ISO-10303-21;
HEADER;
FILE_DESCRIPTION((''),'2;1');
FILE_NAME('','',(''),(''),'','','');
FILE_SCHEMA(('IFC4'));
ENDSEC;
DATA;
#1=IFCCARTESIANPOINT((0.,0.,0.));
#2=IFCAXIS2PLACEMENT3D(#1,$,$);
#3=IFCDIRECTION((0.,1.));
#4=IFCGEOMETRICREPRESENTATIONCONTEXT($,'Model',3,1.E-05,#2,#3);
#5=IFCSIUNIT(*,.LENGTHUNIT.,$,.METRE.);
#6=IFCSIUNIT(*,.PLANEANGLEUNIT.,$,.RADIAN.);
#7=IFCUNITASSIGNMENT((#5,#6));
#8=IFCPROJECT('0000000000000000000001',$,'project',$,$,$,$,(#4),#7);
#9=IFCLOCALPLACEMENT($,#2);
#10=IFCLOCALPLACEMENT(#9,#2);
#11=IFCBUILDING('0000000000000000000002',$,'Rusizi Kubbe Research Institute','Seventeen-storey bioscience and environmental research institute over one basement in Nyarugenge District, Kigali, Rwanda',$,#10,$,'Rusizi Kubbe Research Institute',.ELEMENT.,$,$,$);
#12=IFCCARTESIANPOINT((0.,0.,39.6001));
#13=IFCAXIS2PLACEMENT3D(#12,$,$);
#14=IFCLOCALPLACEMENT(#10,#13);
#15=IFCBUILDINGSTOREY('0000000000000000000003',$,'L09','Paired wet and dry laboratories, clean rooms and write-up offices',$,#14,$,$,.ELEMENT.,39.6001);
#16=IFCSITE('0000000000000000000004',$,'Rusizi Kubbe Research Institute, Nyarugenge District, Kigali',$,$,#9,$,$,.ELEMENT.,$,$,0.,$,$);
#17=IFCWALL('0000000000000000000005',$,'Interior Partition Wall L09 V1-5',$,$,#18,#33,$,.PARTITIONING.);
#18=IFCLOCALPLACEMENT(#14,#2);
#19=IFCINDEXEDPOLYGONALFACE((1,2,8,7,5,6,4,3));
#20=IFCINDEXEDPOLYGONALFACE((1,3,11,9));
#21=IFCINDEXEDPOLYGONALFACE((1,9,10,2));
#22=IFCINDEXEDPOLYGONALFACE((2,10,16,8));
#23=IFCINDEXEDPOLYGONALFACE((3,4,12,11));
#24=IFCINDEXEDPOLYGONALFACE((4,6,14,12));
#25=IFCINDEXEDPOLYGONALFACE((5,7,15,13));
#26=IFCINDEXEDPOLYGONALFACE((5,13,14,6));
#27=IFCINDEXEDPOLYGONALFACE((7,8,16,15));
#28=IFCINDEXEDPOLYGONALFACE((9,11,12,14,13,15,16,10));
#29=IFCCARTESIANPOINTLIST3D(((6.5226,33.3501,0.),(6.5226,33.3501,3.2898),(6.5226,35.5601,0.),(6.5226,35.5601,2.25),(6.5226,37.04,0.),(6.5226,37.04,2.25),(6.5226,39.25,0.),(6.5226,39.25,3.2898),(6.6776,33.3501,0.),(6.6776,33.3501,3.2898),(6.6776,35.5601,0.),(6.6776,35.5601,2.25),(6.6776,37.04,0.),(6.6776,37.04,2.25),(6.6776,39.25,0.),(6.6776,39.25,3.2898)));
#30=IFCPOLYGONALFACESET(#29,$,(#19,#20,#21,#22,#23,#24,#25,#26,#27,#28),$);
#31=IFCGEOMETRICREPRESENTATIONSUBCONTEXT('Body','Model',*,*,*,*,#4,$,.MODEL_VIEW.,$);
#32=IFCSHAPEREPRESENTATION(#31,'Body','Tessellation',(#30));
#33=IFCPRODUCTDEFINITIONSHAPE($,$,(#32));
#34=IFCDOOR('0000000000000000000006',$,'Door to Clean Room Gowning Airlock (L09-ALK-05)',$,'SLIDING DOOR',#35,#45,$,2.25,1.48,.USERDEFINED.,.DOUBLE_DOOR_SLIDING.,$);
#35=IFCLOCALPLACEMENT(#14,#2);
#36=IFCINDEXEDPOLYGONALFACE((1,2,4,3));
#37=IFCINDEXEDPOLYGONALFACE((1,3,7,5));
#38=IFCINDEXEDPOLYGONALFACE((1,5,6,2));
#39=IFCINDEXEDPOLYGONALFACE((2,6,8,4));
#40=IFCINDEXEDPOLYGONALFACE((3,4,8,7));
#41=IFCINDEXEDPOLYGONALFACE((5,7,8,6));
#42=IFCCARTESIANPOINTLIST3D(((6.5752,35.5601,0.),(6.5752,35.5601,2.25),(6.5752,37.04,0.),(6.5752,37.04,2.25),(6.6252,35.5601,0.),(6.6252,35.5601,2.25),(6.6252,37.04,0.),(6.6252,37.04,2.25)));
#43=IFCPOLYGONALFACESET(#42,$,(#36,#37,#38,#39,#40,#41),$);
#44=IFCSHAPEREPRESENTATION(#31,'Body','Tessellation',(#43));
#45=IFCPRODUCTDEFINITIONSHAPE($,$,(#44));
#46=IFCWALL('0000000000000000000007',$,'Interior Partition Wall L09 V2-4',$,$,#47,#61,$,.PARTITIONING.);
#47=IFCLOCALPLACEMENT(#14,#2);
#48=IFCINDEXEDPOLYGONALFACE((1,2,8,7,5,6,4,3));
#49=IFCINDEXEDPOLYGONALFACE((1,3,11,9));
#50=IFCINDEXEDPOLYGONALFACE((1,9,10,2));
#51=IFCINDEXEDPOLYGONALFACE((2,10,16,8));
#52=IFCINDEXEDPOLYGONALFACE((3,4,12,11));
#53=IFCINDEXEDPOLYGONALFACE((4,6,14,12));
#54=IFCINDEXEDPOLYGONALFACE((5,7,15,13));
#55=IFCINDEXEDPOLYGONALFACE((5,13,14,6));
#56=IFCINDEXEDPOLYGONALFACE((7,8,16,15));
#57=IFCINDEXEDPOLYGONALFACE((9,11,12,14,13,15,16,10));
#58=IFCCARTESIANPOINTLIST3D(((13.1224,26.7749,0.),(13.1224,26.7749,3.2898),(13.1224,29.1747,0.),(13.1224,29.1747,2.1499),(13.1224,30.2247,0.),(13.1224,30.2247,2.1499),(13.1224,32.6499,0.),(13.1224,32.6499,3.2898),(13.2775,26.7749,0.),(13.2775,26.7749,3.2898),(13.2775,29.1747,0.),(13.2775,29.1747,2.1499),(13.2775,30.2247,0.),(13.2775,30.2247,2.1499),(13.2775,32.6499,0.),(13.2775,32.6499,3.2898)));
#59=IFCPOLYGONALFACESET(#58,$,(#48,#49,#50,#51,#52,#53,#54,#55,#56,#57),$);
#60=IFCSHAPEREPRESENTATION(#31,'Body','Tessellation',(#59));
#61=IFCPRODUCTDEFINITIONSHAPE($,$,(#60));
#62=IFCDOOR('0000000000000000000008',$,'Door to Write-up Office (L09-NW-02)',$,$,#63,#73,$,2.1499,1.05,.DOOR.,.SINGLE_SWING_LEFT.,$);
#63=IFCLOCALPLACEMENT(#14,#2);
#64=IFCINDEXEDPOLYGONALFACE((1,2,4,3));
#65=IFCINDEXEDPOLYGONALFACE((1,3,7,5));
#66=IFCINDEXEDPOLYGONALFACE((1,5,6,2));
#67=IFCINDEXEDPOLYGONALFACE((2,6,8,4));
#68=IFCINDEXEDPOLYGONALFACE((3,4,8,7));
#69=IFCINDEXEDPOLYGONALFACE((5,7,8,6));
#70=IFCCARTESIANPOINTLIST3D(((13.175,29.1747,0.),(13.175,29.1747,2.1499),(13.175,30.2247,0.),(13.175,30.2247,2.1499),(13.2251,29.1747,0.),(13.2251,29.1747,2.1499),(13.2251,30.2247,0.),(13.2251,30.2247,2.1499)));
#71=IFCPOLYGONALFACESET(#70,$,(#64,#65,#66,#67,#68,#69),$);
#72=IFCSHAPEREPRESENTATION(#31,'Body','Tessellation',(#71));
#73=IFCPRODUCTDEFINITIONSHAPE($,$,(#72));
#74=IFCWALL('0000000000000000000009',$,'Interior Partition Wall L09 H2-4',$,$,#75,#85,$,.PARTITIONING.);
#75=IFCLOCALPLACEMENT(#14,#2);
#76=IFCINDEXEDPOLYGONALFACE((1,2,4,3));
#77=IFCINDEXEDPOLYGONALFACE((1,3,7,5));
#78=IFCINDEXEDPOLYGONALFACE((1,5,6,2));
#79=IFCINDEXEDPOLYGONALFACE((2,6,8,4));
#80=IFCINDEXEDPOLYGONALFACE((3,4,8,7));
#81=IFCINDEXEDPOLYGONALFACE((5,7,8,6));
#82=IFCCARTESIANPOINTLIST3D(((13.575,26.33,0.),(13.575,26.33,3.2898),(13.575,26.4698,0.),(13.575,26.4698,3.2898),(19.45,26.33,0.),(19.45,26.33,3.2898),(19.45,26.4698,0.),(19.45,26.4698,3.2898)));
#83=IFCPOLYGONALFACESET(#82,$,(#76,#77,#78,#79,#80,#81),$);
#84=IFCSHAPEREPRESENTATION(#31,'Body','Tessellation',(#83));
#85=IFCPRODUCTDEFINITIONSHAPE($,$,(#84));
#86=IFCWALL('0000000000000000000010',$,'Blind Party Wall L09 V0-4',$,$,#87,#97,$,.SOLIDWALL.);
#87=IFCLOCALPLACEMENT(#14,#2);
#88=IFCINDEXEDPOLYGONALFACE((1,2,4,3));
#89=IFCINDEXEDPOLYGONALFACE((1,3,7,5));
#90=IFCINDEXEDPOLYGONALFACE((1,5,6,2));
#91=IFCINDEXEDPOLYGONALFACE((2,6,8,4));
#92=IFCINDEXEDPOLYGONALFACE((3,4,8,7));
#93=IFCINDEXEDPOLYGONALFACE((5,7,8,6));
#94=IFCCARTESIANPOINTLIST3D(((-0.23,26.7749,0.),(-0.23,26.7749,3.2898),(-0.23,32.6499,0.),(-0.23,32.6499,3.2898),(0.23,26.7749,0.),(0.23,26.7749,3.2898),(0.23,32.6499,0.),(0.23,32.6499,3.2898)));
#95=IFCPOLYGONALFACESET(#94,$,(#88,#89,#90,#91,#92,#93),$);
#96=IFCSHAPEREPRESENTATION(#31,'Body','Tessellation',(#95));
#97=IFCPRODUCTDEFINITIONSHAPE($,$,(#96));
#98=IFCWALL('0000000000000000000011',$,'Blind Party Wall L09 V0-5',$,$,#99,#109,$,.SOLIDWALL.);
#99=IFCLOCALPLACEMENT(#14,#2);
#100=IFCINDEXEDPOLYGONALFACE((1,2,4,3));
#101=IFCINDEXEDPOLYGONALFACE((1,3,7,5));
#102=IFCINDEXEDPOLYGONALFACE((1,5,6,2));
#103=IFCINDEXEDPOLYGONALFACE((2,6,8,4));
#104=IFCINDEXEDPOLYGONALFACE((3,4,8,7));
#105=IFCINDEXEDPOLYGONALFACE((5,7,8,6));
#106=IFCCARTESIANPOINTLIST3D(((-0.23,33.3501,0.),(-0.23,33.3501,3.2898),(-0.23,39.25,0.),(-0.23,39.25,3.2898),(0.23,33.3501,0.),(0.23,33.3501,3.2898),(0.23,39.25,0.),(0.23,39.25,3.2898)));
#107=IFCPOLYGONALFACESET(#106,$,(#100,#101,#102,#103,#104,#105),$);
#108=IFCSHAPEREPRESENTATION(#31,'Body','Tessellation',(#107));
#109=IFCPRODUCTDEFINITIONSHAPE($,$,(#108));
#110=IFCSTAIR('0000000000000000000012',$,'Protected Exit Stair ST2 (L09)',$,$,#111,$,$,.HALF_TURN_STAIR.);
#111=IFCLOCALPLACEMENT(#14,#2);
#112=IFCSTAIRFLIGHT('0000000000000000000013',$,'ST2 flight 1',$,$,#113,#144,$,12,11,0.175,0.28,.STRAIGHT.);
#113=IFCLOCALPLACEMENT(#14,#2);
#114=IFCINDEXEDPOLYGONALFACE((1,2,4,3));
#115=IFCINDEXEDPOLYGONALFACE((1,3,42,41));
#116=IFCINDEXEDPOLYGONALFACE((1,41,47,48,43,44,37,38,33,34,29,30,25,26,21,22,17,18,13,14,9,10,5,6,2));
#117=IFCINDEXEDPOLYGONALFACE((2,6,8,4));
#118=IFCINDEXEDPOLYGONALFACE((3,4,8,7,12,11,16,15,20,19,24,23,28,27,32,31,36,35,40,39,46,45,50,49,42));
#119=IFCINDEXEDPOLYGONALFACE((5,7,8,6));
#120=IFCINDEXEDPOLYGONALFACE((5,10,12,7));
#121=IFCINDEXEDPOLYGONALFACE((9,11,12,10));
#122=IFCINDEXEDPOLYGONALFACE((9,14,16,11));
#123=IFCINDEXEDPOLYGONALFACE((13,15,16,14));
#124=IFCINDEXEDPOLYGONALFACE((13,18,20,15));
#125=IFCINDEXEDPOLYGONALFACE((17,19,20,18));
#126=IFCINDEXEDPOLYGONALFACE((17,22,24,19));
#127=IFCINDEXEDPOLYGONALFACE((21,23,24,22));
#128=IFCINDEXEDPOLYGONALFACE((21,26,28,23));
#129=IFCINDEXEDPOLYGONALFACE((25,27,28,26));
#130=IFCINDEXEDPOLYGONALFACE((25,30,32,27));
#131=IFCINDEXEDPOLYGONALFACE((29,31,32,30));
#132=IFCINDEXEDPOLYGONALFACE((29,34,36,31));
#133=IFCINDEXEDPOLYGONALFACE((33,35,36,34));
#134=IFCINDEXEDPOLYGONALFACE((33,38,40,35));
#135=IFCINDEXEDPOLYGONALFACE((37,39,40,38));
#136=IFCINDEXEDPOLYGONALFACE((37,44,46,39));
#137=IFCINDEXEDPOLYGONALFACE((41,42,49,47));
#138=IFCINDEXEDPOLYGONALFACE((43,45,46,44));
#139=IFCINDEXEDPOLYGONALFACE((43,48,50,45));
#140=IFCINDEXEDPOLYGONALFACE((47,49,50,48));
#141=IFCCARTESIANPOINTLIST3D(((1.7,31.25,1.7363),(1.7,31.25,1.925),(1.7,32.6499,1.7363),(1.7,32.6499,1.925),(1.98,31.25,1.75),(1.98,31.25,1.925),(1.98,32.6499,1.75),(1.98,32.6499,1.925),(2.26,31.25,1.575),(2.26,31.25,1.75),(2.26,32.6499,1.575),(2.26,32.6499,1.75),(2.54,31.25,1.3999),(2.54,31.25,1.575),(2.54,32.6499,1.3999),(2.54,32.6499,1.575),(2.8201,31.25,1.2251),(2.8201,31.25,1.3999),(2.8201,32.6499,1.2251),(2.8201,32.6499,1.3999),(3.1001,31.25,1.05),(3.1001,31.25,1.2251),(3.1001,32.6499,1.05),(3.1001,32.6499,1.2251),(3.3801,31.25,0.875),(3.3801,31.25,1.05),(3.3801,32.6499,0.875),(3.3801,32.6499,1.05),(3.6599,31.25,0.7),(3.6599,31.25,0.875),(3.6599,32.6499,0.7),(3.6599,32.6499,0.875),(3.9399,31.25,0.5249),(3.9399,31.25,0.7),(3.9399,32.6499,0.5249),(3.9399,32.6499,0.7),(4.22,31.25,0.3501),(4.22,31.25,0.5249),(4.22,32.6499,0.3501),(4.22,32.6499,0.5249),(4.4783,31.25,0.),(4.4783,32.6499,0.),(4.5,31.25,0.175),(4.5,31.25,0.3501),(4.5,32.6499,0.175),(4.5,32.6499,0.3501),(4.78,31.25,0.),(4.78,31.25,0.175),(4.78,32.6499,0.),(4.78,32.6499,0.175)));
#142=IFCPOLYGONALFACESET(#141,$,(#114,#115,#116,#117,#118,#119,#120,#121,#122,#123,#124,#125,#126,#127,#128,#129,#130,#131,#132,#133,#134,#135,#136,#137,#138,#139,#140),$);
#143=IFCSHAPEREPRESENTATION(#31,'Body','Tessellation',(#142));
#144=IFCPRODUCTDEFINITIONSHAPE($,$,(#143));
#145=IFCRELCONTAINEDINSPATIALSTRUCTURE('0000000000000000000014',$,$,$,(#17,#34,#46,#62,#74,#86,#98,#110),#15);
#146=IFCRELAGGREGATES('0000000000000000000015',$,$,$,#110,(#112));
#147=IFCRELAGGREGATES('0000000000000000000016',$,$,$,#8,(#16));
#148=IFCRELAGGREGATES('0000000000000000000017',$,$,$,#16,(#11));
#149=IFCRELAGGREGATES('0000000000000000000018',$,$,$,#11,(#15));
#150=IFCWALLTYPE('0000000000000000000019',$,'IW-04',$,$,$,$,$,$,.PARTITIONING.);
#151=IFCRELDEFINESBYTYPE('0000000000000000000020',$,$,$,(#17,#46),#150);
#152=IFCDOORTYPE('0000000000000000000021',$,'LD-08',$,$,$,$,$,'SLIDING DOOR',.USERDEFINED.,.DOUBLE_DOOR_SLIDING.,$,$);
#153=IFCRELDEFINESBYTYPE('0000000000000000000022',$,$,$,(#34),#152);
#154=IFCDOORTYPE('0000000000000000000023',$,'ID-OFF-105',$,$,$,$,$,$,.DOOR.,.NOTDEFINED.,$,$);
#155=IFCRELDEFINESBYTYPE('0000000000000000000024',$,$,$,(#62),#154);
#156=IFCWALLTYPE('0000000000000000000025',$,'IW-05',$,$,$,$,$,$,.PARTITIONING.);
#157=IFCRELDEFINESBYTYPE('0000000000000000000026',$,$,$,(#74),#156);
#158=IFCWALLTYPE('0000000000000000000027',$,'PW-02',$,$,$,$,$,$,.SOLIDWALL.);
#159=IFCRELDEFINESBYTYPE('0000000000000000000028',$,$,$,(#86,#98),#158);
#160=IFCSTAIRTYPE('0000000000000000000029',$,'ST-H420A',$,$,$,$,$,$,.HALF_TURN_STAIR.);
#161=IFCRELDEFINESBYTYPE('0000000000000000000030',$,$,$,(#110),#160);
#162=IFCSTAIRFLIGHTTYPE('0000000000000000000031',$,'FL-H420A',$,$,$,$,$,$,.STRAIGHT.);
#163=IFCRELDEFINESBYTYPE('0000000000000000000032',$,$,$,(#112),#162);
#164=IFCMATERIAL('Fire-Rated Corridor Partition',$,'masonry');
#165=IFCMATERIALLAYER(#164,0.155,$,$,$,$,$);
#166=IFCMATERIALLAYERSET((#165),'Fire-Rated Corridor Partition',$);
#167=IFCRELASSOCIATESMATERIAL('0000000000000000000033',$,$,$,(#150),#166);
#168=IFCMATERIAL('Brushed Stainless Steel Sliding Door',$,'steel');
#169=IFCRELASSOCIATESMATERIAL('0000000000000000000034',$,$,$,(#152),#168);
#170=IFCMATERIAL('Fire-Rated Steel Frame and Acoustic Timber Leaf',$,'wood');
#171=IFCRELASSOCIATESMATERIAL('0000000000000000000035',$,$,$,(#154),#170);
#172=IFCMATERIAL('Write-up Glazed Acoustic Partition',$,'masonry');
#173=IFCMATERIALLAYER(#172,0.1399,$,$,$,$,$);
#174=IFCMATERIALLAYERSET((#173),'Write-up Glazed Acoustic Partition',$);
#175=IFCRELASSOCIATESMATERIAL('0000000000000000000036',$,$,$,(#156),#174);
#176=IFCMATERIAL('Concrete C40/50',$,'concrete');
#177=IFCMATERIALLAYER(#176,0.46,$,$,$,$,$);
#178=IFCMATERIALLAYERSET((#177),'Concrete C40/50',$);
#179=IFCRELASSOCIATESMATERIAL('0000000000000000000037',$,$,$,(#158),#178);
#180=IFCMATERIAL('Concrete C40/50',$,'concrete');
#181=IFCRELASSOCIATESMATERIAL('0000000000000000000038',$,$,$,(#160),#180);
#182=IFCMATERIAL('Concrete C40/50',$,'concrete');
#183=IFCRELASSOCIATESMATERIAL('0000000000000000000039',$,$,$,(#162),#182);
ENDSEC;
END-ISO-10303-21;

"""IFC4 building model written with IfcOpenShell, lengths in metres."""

from ifc_helpers import new_model, si_unit, direction, frame, frame_2d, origin, place, context, subcontext, project, spatial, polyline, rectangle, outline, extrude, material, layer, layer_set, type_object, element, fill, aggregate, save


model = new_model("IFC4")

# Units and contexts
model_context = context("Model", 3, precision=1e-05, world=origin(), true_north=direction((0.0, 1.0)))
body_context = subcontext(model_context, "Body", "Model", "MODEL_VIEW")
ifc_project = project(units=[si_unit("LENGTHUNIT", "METRE"), si_unit("PLANEANGLEUNIT", "RADIAN")], contexts=[model_context])

# Site, building, storey
site_placement = place(None, origin())
site = spatial("IfcSite", under=ifc_project, at=site_placement, Name="Rusizi Kubbe Research Institute, Nyarugenge District, Kigali", CompositionType="ELEMENT", RefElevation=0.0)
building_placement = place(site_placement, origin())
building = spatial("IfcBuilding", under=site, at=building_placement, Name="Rusizi Kubbe Research Institute", Description="Seventeen-storey bioscience and environmental research institute over one basement in Nyarugenge District, Kigali, Rwanda", LongName="Rusizi Kubbe Research Institute", CompositionType="ELEMENT")
storey_placement = place(building_placement, frame((0.0, 0.0, 39.6001)))
storey = spatial("IfcBuildingStorey", under=building, at=storey_placement, Name="L09", Description="Paired wet and dry laboratories, clean rooms and write-up offices", CompositionType="ELEMENT", Elevation=39.6001)

# Walls, openings, doors
ifc_material_1 = material(Name="Fire-Rated Corridor Partition", Category="masonry")
ifc_layer_1 = layer(ifc_material_1, 0.155)
ifc_layer_set_1 = layer_set([ifc_layer_1], Name="Fire-Rated Corridor Partition")
wall_type_1 = type_object("IfcWallType", Name="IW-04", PredefinedType="PARTITIONING", material=ifc_layer_set_1)
wall_1_placement = place(storey_placement, frame((6.6001, 33.3501, 0.0), z_axis=(0.0, 0.0, 1.0), x_axis=(0.0, 1.0, 0.0)))
wall_1 = element("IfcWall", 1, at=wall_1_placement, inside=storey, type_object=wall_type_1, Name="Interior Partition Wall L09 V1-5", PredefinedType="PARTITIONING", context=body_context, shape_type="SweptSolid", body=[
    extrude(rectangle(XDim=5.8999, YDim=0.155, at=frame_2d((2.95, 0.0))), origin(), (0.0, 0.0, 1.0), 3.2898),
])
opening_1_placement = place(wall_1_placement, frame((2.21, 0.0, 0.0)))
opening_1 = element("IfcOpeningElement", 2, at=opening_1_placement, cuts=wall_1, PredefinedType="OPENING", context=body_context, shape_type="SweptSolid", body=[
    extrude(rectangle(XDim=1.48, YDim=2.25, at=frame_2d((0.74, 1.125))), frame((0.0, 0.0874, 0.0), z_axis=(0.0, -1.0, 0.0), x_axis=(1.0, 0.0, 0.0)), (0.0, 0.0, 1.0), 0.175),
])
ifc_material_2 = material(Name="Brushed Stainless Steel Sliding Door", Category="steel")
door_type_1 = type_object("IfcDoorType", Name="LD-08", ElementType="SLIDING DOOR", OperationType="DOUBLE_DOOR_SLIDING", PredefinedType="USERDEFINED", material=ifc_material_2)
door_1_placement = place(opening_1_placement, origin())
door_1 = element("IfcDoor", 3, at=door_1_placement, inside=storey, type_object=door_type_1, Name="Door to Clean Room Gowning Airlock (L09-ALK-05)", ObjectType="SLIDING DOOR", OperationType="DOUBLE_DOOR_SLIDING", OverallHeight=2.25, OverallWidth=1.48, PredefinedType="USERDEFINED", context=body_context, shape_type="SweptSolid", body=[
    extrude(rectangle(XDim=1.48, YDim=2.25, at=frame_2d((0.74, 1.125))), frame((0.0, 0.0249, 0.0), z_axis=(0.0, -1.0, 0.0), x_axis=(1.0, 0.0, 0.0)), (0.0, 0.0, 1.0), 0.05),
])
fill(opening_1, door_1)
wall_2_placement = place(storey_placement, frame((13.2, 26.7749, 0.0), z_axis=(0.0, 0.0, 1.0), x_axis=(0.0, 1.0, 0.0)))
wall_2 = element("IfcWall", 4, at=wall_2_placement, inside=storey, type_object=wall_type_1, Name="Interior Partition Wall L09 V2-4", PredefinedType="PARTITIONING", context=body_context, shape_type="SweptSolid", body=[
    extrude(rectangle(XDim=5.875, YDim=0.155, at=frame_2d((2.9375, 0.0))), origin(), (0.0, 0.0, 1.0), 3.2898),
])
opening_2_placement = place(wall_2_placement, frame((2.3999, 0.0, 0.0)))
opening_2 = element("IfcOpeningElement", 5, at=opening_2_placement, cuts=wall_2, PredefinedType="OPENING", context=body_context, shape_type="SweptSolid", body=[
    extrude(rectangle(XDim=1.05, YDim=2.1499, at=frame_2d((0.5249, 1.075))), frame((0.0, 0.0874, 0.0), z_axis=(0.0, -1.0, 0.0), x_axis=(1.0, 0.0, 0.0)), (0.0, 0.0, 1.0), 0.175),
])
ifc_material_3 = material(Name="Fire-Rated Steel Frame and Acoustic Timber Leaf", Category="wood")
door_type_2 = type_object("IfcDoorType", Name="ID-OFF-105", OperationType="NOTDEFINED", PredefinedType="DOOR", material=ifc_material_3)
door_2_placement = place(opening_2_placement, origin())
door_2 = element("IfcDoor", 6, at=door_2_placement, inside=storey, type_object=door_type_2, Name="Door to Write-up Office (L09-NW-02)", OperationType="SINGLE_SWING_LEFT", OverallHeight=2.1499, OverallWidth=1.05, PredefinedType="DOOR", context=body_context, shape_type="SweptSolid", body=[
    extrude(rectangle(XDim=1.05, YDim=2.1499, at=frame_2d((0.5249, 1.075))), frame((0.0, 0.0249, 0.0), z_axis=(0.0, -1.0, 0.0), x_axis=(1.0, 0.0, 0.0)), (0.0, 0.0, 1.0), 0.05),
])
fill(opening_2, door_2)

# Walls
ifc_material_4 = material(Name="Write-up Glazed Acoustic Partition", Category="masonry")
ifc_layer_2 = layer(ifc_material_4, 0.1399)
ifc_layer_set_2 = layer_set([ifc_layer_2], Name="Write-up Glazed Acoustic Partition")
wall_type_2 = type_object("IfcWallType", Name="IW-05", PredefinedType="PARTITIONING", material=ifc_layer_set_2)
wall_3_placement = place(storey_placement, frame((13.575, 26.3999, 0.0), z_axis=(0.0, 0.0, 1.0), x_axis=(1.0, 0.0, 0.0)))
element("IfcWall", 7, at=wall_3_placement, inside=storey, type_object=wall_type_2, Name="Interior Partition Wall L09 H2-4", PredefinedType="PARTITIONING", context=body_context, shape_type="SweptSolid", body=[
    extrude(rectangle(XDim=5.875, YDim=0.1399, at=frame_2d((2.9375, 0.0))), origin(), (0.0, 0.0, 1.0), 3.2898),
])
ifc_material_5 = material(Name="Concrete C40/50", Category="concrete")
ifc_layer_3 = layer(ifc_material_5, 0.46)
ifc_layer_set_3 = layer_set([ifc_layer_3], Name="Concrete C40/50")
wall_type_3 = type_object("IfcWallType", Name="PW-02", PredefinedType="SOLIDWALL", material=ifc_layer_set_3)
wall_4_placement = place(storey_placement, frame((0.0, 26.7749, 0.0), z_axis=(0.0, 0.0, 1.0), x_axis=(0.0, 1.0, 0.0)))
element("IfcWall", 8, at=wall_4_placement, inside=storey, type_object=wall_type_3, Name="Blind Party Wall L09 V0-4", PredefinedType="SOLIDWALL", context=body_context, shape_type="SweptSolid", body=[
    extrude(rectangle(XDim=5.875, YDim=0.46, at=frame_2d((2.9375, 0.0))), origin(), (0.0, 0.0, 1.0), 3.2898),
])
wall_5_placement = place(storey_placement, frame((0.0, 33.3501, 0.0), z_axis=(0.0, 0.0, 1.0), x_axis=(0.0, 1.0, 0.0)))
element("IfcWall", 9, at=wall_5_placement, inside=storey, type_object=wall_type_3, Name="Blind Party Wall L09 V0-5", PredefinedType="SOLIDWALL", context=body_context, shape_type="SweptSolid", body=[
    extrude(rectangle(XDim=5.8999, YDim=0.46, at=frame_2d((2.95, 0.0))), origin(), (0.0, 0.0, 1.0), 3.2898),
])

# Stair, stair flight
ifc_material_6 = material(Name="Concrete C40/50", Category="concrete")
stair_type = type_object("IfcStairType", Name="ST-H420A", PredefinedType="HALF_TURN_STAIR", material=ifc_material_6)
stair_placement = place(storey_placement, origin())
stair = element("IfcStair", 10, at=stair_placement, inside=storey, type_object=stair_type, Name="Protected Exit Stair ST2 (L09)", PredefinedType="HALF_TURN_STAIR")
ifc_material_7 = material(Name="Concrete C40/50", Category="concrete")
stair_flight_type = type_object("IfcStairFlightType", Name="FL-H420A", PredefinedType="STRAIGHT", material=ifc_material_7)
stair_flight_1_placement = place(storey_placement, frame((4.78, 31.95, 0.0), z_axis=(0.0, 0.0, 1.0), x_axis=(-1.0, 0.0, 0.0)))
stair_flight_1 = element("IfcStairFlight", 11, at=stair_flight_1_placement, type_object=stair_flight_type, Name="ST2 flight 1", NumberOfRisers=12, NumberOfTreads=11, PredefinedType="STRAIGHT", RiserHeight=0.175, TreadLength=0.28, context=body_context, shape_type="SweptSolid", body=[
    extrude(outline(polyline([(0.0, 0.0), (0.0, 0.175), (0.28, 0.175), (0.28, 0.3501), (0.5601, 0.3501), (0.5601, 0.5249), (0.8401, 0.5249), (0.8401, 0.7), (1.1201, 0.7), (1.1201, 0.875), (1.3999, 0.875), (1.3999, 1.05), (1.6799, 1.05), (1.6799, 1.2251), (1.96, 1.2251), (1.96, 1.3999), (2.24, 1.3999), (2.24, 1.575), (2.52, 1.575), (2.52, 1.75), (2.8, 1.75), (2.8, 1.925), (3.0801, 1.925), (3.0801, 2.1001), (3.0801, 1.7363), (0.3018, 0.0), (0.0, 0.0)])), frame((0.0, 0.7, 0.0), z_axis=(0.0, -1.0, 0.0), x_axis=(1.0, 0.0, 0.0)), (0.0, 0.0, 1.0), 1.3999),
])
aggregate(stair, [stair_flight_1])

save(model, "model.ifc")
